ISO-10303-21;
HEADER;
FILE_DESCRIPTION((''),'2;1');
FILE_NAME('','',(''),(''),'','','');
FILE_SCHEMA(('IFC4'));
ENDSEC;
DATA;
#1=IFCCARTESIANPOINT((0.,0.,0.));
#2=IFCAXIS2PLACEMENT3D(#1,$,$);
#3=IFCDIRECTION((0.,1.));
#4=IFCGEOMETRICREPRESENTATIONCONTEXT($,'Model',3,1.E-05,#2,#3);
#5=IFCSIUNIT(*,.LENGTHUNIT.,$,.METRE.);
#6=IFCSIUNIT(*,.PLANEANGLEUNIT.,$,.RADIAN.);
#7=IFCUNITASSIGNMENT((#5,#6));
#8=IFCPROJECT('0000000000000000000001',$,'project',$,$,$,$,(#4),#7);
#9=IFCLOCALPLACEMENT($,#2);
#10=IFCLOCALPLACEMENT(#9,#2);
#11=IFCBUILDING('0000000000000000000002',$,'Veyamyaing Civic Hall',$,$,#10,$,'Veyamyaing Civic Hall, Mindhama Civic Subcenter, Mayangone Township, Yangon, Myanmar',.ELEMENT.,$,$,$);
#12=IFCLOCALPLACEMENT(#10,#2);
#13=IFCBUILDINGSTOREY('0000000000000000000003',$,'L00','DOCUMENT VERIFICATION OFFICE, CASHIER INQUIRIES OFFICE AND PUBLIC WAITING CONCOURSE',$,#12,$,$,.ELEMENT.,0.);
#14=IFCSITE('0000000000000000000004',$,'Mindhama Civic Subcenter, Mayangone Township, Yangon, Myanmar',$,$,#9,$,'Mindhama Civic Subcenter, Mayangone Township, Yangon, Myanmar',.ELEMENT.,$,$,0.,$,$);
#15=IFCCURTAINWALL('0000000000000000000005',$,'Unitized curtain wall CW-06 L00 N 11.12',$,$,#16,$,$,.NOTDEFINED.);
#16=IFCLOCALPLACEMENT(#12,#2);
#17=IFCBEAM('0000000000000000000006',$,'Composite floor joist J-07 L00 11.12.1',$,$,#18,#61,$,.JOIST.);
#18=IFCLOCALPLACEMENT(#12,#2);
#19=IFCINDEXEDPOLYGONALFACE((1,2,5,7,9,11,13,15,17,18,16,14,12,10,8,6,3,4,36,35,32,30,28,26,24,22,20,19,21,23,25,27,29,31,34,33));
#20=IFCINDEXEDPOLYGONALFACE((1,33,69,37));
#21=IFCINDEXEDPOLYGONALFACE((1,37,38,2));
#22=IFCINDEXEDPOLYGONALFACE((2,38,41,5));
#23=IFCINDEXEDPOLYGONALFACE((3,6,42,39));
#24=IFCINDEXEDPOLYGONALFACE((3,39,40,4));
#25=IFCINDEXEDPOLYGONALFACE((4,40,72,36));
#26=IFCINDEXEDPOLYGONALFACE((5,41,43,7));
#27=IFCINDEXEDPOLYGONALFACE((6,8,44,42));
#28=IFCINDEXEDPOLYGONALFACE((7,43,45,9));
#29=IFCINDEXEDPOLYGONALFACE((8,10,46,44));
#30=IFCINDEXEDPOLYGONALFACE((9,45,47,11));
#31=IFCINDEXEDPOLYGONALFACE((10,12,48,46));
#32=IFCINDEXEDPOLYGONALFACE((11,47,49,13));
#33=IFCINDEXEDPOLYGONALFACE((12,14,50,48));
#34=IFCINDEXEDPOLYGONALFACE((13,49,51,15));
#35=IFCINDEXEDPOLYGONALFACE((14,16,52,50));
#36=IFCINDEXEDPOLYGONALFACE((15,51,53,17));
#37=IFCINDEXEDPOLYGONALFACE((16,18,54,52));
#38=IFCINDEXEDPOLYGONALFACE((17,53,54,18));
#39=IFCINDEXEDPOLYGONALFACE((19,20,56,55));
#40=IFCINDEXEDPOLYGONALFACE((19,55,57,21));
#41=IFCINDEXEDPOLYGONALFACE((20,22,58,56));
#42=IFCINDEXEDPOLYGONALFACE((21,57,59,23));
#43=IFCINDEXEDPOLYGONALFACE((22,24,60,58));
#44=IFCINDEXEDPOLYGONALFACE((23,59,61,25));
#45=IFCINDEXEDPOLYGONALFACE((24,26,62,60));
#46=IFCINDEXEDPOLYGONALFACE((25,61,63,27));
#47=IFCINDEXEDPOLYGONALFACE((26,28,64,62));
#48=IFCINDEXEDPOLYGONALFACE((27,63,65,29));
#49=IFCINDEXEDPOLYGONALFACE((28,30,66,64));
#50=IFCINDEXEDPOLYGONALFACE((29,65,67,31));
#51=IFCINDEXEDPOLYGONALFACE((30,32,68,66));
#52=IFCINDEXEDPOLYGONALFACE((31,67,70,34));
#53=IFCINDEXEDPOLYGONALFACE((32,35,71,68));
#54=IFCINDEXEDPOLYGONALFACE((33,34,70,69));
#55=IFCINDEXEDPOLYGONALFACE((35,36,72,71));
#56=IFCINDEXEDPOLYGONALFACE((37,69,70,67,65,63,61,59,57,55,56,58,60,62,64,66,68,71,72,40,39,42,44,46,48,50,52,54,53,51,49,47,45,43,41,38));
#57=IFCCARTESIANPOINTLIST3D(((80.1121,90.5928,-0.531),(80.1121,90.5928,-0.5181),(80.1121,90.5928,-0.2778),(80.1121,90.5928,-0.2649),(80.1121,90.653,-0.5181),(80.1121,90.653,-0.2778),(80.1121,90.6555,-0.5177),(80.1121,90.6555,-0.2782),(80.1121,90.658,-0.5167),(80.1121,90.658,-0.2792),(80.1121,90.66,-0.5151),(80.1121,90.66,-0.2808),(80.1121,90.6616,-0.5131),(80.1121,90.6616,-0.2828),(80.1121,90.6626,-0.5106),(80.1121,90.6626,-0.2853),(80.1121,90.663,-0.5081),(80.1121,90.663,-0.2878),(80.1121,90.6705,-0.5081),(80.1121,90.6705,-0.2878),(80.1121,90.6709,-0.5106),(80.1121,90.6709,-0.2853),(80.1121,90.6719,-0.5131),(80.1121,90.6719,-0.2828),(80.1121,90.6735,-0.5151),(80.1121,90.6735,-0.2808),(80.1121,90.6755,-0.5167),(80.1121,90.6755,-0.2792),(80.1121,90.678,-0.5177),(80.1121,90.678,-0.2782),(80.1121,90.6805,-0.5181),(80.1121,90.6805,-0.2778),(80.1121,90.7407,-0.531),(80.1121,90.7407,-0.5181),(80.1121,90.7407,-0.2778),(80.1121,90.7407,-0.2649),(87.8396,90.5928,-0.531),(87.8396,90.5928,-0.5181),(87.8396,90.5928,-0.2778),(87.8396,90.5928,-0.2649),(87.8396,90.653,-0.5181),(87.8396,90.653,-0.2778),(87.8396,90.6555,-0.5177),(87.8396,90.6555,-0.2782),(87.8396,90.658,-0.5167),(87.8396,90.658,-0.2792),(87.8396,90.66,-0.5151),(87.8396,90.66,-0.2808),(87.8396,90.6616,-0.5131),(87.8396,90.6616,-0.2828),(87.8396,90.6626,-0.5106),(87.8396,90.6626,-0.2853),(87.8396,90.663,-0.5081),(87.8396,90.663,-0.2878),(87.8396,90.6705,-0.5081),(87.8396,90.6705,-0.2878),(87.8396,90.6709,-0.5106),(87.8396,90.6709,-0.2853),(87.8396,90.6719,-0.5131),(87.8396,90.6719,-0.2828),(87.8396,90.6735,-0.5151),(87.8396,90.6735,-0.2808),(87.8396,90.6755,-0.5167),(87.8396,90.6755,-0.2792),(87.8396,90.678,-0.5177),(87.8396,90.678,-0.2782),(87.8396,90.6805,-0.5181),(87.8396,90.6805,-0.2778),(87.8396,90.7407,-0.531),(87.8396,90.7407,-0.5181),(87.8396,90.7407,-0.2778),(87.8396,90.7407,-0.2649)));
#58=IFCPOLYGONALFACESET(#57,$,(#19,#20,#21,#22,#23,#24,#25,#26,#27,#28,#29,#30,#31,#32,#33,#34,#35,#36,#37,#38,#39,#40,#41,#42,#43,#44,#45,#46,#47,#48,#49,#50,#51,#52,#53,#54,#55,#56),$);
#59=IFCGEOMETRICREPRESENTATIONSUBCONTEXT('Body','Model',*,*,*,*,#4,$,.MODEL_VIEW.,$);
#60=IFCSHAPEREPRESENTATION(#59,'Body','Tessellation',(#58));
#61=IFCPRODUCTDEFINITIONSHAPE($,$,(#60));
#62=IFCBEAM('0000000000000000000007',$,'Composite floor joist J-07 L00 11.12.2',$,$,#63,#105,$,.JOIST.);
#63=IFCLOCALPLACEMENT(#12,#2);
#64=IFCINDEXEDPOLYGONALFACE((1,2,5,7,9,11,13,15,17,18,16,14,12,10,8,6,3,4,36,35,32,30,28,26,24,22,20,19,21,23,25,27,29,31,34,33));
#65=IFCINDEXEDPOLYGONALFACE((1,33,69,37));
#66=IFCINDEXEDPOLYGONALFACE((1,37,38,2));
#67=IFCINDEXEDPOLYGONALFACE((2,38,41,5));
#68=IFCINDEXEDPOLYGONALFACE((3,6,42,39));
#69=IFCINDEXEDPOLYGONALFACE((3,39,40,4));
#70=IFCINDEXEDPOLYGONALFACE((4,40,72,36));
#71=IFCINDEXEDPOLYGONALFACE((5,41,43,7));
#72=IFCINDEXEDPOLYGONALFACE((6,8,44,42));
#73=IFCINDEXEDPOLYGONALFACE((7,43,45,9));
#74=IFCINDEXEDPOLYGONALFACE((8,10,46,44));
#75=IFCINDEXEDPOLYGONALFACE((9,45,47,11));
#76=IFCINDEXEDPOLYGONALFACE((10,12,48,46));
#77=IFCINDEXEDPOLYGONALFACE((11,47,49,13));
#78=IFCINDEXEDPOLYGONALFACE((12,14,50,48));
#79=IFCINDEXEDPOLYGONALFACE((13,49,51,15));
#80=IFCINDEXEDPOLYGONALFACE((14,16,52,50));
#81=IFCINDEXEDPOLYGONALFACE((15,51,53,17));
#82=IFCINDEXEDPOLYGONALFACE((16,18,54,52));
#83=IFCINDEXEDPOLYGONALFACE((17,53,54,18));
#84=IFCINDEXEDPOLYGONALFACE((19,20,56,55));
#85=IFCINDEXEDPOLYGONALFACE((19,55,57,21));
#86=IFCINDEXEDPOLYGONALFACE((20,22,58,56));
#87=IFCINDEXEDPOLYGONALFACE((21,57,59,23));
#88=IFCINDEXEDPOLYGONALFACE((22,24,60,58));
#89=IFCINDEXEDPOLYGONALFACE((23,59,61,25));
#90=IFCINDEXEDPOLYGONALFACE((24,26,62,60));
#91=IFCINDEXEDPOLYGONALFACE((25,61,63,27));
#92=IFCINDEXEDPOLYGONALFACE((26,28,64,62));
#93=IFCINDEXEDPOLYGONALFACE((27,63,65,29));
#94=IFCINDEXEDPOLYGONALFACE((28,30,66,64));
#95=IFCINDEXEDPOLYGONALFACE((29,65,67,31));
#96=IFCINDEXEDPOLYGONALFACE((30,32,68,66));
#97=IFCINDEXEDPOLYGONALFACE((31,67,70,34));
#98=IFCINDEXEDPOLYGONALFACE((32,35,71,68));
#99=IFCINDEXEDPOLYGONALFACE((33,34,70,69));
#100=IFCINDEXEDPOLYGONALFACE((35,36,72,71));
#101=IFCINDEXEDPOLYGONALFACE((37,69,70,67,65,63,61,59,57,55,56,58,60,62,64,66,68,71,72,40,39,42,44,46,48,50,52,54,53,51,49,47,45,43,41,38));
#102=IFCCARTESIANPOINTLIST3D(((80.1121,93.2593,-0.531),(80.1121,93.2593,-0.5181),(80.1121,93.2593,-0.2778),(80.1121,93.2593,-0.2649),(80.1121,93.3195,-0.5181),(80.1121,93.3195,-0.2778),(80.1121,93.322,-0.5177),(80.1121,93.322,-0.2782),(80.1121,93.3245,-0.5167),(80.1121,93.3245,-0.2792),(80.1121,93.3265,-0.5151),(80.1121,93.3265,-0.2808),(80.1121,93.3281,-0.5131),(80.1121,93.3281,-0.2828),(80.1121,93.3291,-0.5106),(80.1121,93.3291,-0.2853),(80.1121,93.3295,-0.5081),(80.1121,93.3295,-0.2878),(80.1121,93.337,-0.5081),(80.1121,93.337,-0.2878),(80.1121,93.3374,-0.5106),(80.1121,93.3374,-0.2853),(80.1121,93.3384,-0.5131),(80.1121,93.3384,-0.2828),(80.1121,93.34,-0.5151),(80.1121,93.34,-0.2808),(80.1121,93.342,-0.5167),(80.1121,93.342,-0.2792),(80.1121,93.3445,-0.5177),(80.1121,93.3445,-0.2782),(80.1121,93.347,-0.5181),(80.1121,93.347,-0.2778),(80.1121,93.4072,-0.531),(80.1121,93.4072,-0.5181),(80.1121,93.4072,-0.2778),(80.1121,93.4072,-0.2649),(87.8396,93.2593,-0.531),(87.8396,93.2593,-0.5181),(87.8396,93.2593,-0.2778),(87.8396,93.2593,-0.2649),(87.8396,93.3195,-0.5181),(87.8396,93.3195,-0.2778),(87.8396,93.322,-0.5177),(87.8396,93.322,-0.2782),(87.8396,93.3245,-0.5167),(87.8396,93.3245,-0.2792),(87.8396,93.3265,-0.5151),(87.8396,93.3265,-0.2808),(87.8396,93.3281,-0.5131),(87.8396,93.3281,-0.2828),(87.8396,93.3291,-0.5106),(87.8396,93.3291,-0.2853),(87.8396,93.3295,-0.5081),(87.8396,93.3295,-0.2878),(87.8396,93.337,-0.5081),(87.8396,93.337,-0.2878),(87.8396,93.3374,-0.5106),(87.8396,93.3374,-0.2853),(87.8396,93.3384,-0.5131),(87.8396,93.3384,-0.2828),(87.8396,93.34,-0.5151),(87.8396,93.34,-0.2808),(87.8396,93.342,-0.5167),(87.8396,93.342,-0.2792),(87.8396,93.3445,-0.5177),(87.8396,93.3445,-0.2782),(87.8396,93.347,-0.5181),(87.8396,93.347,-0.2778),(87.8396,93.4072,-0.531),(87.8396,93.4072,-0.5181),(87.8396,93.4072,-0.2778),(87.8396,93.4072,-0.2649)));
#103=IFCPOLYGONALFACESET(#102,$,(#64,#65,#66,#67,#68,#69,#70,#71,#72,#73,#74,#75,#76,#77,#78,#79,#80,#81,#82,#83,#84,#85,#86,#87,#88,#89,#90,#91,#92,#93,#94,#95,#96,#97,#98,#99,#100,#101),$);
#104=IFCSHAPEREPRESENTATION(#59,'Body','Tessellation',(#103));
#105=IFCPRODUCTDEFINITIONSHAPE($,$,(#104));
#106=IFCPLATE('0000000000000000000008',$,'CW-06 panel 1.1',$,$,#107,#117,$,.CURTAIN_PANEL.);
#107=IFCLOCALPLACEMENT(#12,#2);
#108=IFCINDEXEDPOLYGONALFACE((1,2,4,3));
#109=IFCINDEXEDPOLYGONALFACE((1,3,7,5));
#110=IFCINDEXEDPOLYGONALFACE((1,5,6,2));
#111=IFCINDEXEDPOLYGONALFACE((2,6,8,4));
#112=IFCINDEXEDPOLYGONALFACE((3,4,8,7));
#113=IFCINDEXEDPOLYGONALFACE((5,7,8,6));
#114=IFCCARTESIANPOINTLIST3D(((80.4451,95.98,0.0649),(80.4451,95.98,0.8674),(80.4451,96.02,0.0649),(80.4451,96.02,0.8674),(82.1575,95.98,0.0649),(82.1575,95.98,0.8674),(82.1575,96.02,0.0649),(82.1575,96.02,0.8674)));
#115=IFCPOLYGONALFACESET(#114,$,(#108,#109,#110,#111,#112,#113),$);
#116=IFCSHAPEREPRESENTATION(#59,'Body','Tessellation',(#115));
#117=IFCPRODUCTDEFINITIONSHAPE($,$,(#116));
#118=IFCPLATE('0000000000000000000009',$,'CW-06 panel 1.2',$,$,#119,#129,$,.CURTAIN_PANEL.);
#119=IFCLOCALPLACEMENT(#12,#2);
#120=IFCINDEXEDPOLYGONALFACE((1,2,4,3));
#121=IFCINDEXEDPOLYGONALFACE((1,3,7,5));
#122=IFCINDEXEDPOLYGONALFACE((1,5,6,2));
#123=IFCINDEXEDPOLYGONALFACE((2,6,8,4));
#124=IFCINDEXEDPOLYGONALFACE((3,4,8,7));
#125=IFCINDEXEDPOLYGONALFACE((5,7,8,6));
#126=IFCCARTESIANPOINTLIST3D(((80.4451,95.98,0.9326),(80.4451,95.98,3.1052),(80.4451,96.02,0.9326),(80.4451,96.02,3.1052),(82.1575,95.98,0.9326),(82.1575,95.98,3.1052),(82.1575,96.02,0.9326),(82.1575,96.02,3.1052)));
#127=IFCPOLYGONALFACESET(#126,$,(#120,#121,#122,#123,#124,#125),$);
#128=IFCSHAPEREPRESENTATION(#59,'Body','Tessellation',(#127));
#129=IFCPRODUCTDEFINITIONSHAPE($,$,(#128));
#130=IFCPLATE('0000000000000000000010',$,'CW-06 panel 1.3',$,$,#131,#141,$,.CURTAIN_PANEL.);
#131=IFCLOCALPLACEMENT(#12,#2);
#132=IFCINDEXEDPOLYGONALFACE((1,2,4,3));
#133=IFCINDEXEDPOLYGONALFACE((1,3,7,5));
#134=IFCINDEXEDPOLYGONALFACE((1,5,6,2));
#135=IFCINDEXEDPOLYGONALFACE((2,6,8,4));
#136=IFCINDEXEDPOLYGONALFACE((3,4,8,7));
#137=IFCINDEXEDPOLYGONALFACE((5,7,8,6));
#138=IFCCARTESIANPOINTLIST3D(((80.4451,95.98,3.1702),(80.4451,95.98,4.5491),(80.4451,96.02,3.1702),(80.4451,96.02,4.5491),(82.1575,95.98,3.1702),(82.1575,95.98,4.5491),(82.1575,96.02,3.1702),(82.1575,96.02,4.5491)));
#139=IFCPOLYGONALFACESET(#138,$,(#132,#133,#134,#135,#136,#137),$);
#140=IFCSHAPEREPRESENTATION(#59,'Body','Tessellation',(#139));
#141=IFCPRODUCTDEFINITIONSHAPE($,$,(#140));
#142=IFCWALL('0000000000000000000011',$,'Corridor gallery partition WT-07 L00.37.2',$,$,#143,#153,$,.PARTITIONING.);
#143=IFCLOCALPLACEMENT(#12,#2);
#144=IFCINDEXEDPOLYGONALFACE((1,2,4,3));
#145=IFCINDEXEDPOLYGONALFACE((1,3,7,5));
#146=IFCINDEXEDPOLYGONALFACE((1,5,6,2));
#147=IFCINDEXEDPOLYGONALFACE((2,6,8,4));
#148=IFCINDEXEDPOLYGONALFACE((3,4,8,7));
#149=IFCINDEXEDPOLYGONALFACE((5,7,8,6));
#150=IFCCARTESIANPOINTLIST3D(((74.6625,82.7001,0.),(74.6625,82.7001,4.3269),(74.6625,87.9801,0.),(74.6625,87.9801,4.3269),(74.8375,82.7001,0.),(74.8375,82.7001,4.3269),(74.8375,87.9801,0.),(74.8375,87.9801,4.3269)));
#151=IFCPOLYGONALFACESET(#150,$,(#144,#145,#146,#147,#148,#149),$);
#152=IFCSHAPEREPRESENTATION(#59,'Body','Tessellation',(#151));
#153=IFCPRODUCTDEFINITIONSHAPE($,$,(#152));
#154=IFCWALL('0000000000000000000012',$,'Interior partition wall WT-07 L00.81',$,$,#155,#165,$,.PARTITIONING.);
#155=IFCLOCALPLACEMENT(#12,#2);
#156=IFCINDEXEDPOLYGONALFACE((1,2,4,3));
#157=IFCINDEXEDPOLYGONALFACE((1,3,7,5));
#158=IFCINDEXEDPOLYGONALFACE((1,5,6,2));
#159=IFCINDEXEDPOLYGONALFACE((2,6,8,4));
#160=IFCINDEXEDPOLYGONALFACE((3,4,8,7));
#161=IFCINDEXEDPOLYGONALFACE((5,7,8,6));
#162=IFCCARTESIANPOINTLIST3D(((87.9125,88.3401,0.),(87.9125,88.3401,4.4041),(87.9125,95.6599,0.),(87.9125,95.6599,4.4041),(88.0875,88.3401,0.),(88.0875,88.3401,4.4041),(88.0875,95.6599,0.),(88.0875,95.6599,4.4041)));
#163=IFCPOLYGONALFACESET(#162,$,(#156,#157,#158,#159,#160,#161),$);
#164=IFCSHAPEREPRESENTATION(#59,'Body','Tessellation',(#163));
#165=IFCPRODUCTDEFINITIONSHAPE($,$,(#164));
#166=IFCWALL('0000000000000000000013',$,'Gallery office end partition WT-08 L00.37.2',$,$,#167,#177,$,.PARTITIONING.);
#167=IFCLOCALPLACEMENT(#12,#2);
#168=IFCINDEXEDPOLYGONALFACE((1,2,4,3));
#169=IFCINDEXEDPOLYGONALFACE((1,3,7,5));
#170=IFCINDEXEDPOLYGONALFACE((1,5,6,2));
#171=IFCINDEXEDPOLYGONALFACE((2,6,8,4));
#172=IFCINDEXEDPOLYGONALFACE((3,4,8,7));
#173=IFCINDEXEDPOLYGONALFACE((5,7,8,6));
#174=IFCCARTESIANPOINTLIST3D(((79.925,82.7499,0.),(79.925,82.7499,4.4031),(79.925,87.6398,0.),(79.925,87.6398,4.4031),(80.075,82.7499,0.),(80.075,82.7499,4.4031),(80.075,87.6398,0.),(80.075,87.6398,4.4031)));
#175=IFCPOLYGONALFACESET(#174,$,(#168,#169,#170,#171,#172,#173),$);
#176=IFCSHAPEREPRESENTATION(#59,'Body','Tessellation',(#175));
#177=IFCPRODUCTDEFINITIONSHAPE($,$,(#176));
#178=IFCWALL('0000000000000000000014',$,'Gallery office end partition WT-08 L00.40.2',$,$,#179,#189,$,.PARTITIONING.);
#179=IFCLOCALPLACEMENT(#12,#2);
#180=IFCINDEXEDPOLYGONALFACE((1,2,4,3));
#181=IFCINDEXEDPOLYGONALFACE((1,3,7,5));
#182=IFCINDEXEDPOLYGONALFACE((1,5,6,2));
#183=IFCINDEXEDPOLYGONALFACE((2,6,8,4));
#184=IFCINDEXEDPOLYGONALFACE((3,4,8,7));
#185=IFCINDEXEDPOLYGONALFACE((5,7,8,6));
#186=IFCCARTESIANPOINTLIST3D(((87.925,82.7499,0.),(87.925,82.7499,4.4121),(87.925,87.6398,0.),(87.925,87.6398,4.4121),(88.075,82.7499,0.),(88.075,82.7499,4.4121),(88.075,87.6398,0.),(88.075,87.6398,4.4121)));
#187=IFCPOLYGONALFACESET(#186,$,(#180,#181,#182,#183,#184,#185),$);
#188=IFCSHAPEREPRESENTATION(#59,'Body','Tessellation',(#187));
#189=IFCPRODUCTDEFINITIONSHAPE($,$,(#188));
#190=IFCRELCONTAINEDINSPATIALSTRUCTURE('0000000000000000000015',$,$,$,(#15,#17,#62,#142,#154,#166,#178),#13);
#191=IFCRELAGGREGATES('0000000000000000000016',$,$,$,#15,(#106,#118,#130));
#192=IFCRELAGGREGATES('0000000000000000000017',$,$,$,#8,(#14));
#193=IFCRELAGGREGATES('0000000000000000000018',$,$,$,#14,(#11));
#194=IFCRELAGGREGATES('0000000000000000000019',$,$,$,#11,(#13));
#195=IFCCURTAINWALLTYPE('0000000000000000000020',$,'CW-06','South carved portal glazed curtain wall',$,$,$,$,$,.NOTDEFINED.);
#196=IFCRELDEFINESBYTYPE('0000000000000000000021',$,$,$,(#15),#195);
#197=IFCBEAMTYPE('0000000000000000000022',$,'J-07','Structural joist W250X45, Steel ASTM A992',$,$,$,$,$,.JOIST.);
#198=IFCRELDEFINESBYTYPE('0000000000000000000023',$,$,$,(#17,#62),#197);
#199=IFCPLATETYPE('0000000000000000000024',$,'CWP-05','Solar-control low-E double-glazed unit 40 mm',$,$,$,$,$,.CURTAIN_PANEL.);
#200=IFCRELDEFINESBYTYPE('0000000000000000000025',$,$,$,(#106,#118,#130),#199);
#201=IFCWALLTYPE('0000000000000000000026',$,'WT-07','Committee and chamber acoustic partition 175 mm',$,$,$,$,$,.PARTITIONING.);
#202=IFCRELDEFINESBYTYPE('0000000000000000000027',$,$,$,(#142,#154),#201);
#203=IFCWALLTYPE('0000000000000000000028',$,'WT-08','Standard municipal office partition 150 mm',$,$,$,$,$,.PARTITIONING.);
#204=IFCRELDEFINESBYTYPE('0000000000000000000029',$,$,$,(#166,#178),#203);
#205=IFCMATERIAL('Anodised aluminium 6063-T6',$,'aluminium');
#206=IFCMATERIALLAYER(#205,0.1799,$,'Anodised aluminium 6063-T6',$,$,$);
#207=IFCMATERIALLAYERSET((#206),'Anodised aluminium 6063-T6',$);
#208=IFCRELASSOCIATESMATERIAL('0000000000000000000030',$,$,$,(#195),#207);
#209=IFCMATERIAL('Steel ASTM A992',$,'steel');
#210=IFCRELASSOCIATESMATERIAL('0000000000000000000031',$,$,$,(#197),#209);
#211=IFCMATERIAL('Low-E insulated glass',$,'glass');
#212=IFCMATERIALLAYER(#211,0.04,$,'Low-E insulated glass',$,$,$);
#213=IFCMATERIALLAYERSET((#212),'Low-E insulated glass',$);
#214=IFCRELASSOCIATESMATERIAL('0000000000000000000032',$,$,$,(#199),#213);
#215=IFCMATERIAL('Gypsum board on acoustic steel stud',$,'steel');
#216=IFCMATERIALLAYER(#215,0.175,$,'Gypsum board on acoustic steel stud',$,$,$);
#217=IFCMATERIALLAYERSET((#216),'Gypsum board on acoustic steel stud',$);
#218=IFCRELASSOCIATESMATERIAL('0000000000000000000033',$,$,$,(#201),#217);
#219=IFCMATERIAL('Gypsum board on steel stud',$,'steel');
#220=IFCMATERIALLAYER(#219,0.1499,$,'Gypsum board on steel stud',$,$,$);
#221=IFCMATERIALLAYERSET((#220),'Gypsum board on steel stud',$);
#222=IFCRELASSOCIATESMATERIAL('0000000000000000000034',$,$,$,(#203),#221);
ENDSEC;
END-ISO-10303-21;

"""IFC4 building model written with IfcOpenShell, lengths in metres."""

from ifc_helpers import new_model, si_unit, direction, frame, frame_2d, origin, origin_2d, place, context, subcontext, project, spatial, rectangle, i_section, extrude, material, layer, layer_set, material_profile, profile_set, type_object, element, aggregate, save


model = new_model("IFC4")

# Units and contexts
model_context = context("Model", 3, precision=1e-05, world=origin(), true_north=direction((0.0, 1.0)))
body_context = subcontext(model_context, "Body", "Model", "MODEL_VIEW")
ifc_project = project(units=[si_unit("LENGTHUNIT", "METRE"), si_unit("PLANEANGLEUNIT", "RADIAN")], contexts=[model_context])

# Site, building, storey
site_placement = place(None, origin())
site = spatial("IfcSite", under=ifc_project, at=site_placement, Name="Mindhama Civic Subcenter, Mayangone Township, Yangon, Myanmar", LongName="Mindhama Civic Subcenter, Mayangone Township, Yangon, Myanmar", CompositionType="ELEMENT", RefElevation=0.0)
building_placement = place(site_placement, origin())
building = spatial("IfcBuilding", under=site, at=building_placement, Name="Veyamyaing Civic Hall", LongName="Veyamyaing Civic Hall, Mindhama Civic Subcenter, Mayangone Township, Yangon, Myanmar", CompositionType="ELEMENT")
storey_placement = place(building_placement, origin())
storey = spatial("IfcBuildingStorey", under=building, at=storey_placement, Name="L00", Description="DOCUMENT VERIFICATION OFFICE, CASHIER INQUIRIES OFFICE AND PUBLIC WAITING CONCOURSE", CompositionType="ELEMENT", Elevation=0.0)

# Shared definitions
ifc_material_1 = material(Name="Steel ASTM A992", Category="steel")

# Curtain wall
ifc_material_2 = material(Name="Anodised aluminium 6063-T6", Category="aluminium")
ifc_layer_1 = layer(ifc_material_2, 0.1799, Name="Anodised aluminium 6063-T6")
ifc_layer_set_1 = layer_set([ifc_layer_1], Name="Anodised aluminium 6063-T6")
curtain_wall_type = type_object("IfcCurtainWallType", Name="CW-06", Description="South carved portal glazed curtain wall", PredefinedType="NOTDEFINED", material=ifc_layer_set_1)
curtain_wall_placement = place(storey_placement, origin())
curtain_wall = element("IfcCurtainWall", 1, at=curtain_wall_placement, inside=storey, type_object=curtain_wall_type, Name="Unitized curtain wall CW-06 L00 N 11.12", PredefinedType="NOTDEFINED")

# Beams
ifc_material_profile_1 = material_profile(ifc_material_1, i_section(OverallWidth=0.1479, OverallDepth=0.2661, WebThickness=0.0076, FlangeThickness=0.0129, FilletRadius=0.01, at=origin_2d()), Name="W250X45")
ifc_profile_set_1 = profile_set([ifc_material_profile_1], Name="Steel ASTM A992")
beam_type_1 = type_object("IfcBeamType", Name="J-07", Description="Structural joist W250X45, Steel ASTM A992", PredefinedType="JOIST", material=ifc_profile_set_1)
for number, where, z_axis, x_axis, name in (
    (2, (80.1121, 90.6667, -0.3979), (1.0, 0.0, 0.0), (0.0, 1.0, 0.0), "Composite floor joist J-07 L00 11.12.1"),
    (3, (80.1121, 93.3333, -0.3979), (1.0, 0.0, 0.0), (0.0, 1.0, 0.0), "Composite floor joist J-07 L00 11.12.2"),
):
    element("IfcBeam", number, at=place(storey_placement, frame(where, z_axis=z_axis, x_axis=x_axis)), inside=storey, type_object=beam_type_1, Name=name, PredefinedType="JOIST", context=body_context, shape_type="SweptSolid", body=[
        extrude(i_section(OverallWidth=0.1479, OverallDepth=0.2661, WebThickness=0.0076, FlangeThickness=0.0129, FilletRadius=0.01, at=origin_2d()), origin(), (0.0, 0.0, 1.0), 7.7275),
    ])

# Plates
ifc_material_3 = material(Name="Low-E insulated glass", Category="glass")
ifc_layer_2 = layer(ifc_material_3, 0.04, Name="Low-E insulated glass")
ifc_layer_set_2 = layer_set([ifc_layer_2], Name="Low-E insulated glass")
plate_type = type_object("IfcPlateType", Name="CWP-05", Description="Solar-control low-E double-glazed unit 40 mm", PredefinedType="CURTAIN_PANEL", material=ifc_layer_set_2)
plate_1_placement = place(storey_placement, frame((81.3013, 96.0, 0.0649), z_axis=(0.0, 0.0, 1.0), x_axis=(1.0, 0.0, 0.0)))
plate_1 = element("IfcPlate", 4, at=plate_1_placement, type_object=plate_type, Name="CW-06 panel 1.1", PredefinedType="CURTAIN_PANEL", context=body_context, shape_type="SweptSolid", body=[
    extrude(rectangle(XDim=1.7124, YDim=0.04, at=origin_2d()), origin(), (0.0, 0.0, 1.0), 0.8025),
])
plate_2_placement = place(storey_placement, frame((81.3013, 96.0, 0.9326), z_axis=(0.0, 0.0, 1.0), x_axis=(1.0, 0.0, 0.0)))
plate_2 = element("IfcPlate", 5, at=plate_2_placement, type_object=plate_type, Name="CW-06 panel 1.2", PredefinedType="CURTAIN_PANEL", context=body_context, shape_type="SweptSolid", body=[
    extrude(rectangle(XDim=1.7124, YDim=0.04, at=origin_2d()), origin(), (0.0, 0.0, 1.0), 2.1726),
])
plate_3_placement = place(storey_placement, frame((81.3013, 96.0, 3.1702), z_axis=(0.0, 0.0, 1.0), x_axis=(1.0, 0.0, 0.0)))
plate_3 = element("IfcPlate", 6, at=plate_3_placement, type_object=plate_type, Name="CW-06 panel 1.3", PredefinedType="CURTAIN_PANEL", context=body_context, shape_type="SweptSolid", body=[
    extrude(rectangle(XDim=1.7124, YDim=0.04, at=origin_2d()), origin(), (0.0, 0.0, 1.0), 1.3789),
])
aggregate(curtain_wall, [plate_1, plate_2, plate_3])

# Walls
ifc_material_4 = material(Name="Gypsum board on acoustic steel stud", Category="steel")
ifc_layer_3 = layer(ifc_material_4, 0.175, Name="Gypsum board on acoustic steel stud")
ifc_layer_set_3 = layer_set([ifc_layer_3], Name="Gypsum board on acoustic steel stud")
wall_type_1 = type_object("IfcWallType", Name="WT-07", Description="Committee and chamber acoustic partition 175 mm", PredefinedType="PARTITIONING", material=ifc_layer_set_3)
wall_1_placement = place(storey_placement, frame((74.75, 82.7, 0.0), z_axis=(0.0, 0.0, 1.0), x_axis=(0.0, 1.0, 0.0)))
element("IfcWall", 7, at=wall_1_placement, inside=storey, type_object=wall_type_1, Name="Corridor gallery partition WT-07 L00.37.2", PredefinedType="PARTITIONING", context=body_context, shape_type="SweptSolid", body=[
    extrude(rectangle(XDim=5.28, YDim=0.175, at=frame_2d((2.6401, 0.0))), origin(), (0.0, 0.0, 1.0), 4.3269),
])
wall_2_placement = place(storey_placement, frame((88.0, 88.3401, 0.0), z_axis=(0.0, 0.0, 1.0), x_axis=(0.0, 1.0, 0.0)))
element("IfcWall", 8, at=wall_2_placement, inside=storey, type_object=wall_type_1, Name="Interior partition wall WT-07 L00.81", PredefinedType="PARTITIONING", context=body_context, shape_type="SweptSolid", body=[
    extrude(rectangle(XDim=7.3198, YDim=0.175, at=frame_2d((3.6599, 0.0))), origin(), (0.0, 0.0, 1.0), 4.4041),
])
ifc_material_5 = material(Name="Gypsum board on steel stud", Category="steel")
ifc_layer_4 = layer(ifc_material_5, 0.1499, Name="Gypsum board on steel stud")
ifc_layer_set_4 = layer_set([ifc_layer_4], Name="Gypsum board on steel stud")
wall_type_2 = type_object("IfcWallType", Name="WT-08", Description="Standard municipal office partition 150 mm", PredefinedType="PARTITIONING", material=ifc_layer_set_4)
wall_3_placement = place(storey_placement, frame((80.0, 82.75, 0.0), z_axis=(0.0, 0.0, 1.0), x_axis=(0.0, 1.0, 0.0)))
element("IfcWall", 9, at=wall_3_placement, inside=storey, type_object=wall_type_2, Name="Gallery office end partition WT-08 L00.37.2", PredefinedType="PARTITIONING", context=body_context, shape_type="SweptSolid", body=[
    extrude(rectangle(XDim=4.8899, YDim=0.1499, at=frame_2d((2.4448, 0.0))), origin(), (0.0, 0.0, 1.0), 4.4031),
])
wall_4_placement = place(storey_placement, frame((88.0, 82.75, 0.0), z_axis=(0.0, 0.0, 1.0), x_axis=(0.0, 1.0, 0.0)))
element("IfcWall", 10, at=wall_4_placement, inside=storey, type_object=wall_type_2, Name="Gallery office end partition WT-08 L00.40.2", PredefinedType="PARTITIONING", context=body_context, shape_type="SweptSolid", body=[
    extrude(rectangle(XDim=4.8899, YDim=0.1499, at=frame_2d((2.4448, 0.0))), origin(), (0.0, 0.0, 1.0), 4.4121),
])

save(model, "model.ifc")
